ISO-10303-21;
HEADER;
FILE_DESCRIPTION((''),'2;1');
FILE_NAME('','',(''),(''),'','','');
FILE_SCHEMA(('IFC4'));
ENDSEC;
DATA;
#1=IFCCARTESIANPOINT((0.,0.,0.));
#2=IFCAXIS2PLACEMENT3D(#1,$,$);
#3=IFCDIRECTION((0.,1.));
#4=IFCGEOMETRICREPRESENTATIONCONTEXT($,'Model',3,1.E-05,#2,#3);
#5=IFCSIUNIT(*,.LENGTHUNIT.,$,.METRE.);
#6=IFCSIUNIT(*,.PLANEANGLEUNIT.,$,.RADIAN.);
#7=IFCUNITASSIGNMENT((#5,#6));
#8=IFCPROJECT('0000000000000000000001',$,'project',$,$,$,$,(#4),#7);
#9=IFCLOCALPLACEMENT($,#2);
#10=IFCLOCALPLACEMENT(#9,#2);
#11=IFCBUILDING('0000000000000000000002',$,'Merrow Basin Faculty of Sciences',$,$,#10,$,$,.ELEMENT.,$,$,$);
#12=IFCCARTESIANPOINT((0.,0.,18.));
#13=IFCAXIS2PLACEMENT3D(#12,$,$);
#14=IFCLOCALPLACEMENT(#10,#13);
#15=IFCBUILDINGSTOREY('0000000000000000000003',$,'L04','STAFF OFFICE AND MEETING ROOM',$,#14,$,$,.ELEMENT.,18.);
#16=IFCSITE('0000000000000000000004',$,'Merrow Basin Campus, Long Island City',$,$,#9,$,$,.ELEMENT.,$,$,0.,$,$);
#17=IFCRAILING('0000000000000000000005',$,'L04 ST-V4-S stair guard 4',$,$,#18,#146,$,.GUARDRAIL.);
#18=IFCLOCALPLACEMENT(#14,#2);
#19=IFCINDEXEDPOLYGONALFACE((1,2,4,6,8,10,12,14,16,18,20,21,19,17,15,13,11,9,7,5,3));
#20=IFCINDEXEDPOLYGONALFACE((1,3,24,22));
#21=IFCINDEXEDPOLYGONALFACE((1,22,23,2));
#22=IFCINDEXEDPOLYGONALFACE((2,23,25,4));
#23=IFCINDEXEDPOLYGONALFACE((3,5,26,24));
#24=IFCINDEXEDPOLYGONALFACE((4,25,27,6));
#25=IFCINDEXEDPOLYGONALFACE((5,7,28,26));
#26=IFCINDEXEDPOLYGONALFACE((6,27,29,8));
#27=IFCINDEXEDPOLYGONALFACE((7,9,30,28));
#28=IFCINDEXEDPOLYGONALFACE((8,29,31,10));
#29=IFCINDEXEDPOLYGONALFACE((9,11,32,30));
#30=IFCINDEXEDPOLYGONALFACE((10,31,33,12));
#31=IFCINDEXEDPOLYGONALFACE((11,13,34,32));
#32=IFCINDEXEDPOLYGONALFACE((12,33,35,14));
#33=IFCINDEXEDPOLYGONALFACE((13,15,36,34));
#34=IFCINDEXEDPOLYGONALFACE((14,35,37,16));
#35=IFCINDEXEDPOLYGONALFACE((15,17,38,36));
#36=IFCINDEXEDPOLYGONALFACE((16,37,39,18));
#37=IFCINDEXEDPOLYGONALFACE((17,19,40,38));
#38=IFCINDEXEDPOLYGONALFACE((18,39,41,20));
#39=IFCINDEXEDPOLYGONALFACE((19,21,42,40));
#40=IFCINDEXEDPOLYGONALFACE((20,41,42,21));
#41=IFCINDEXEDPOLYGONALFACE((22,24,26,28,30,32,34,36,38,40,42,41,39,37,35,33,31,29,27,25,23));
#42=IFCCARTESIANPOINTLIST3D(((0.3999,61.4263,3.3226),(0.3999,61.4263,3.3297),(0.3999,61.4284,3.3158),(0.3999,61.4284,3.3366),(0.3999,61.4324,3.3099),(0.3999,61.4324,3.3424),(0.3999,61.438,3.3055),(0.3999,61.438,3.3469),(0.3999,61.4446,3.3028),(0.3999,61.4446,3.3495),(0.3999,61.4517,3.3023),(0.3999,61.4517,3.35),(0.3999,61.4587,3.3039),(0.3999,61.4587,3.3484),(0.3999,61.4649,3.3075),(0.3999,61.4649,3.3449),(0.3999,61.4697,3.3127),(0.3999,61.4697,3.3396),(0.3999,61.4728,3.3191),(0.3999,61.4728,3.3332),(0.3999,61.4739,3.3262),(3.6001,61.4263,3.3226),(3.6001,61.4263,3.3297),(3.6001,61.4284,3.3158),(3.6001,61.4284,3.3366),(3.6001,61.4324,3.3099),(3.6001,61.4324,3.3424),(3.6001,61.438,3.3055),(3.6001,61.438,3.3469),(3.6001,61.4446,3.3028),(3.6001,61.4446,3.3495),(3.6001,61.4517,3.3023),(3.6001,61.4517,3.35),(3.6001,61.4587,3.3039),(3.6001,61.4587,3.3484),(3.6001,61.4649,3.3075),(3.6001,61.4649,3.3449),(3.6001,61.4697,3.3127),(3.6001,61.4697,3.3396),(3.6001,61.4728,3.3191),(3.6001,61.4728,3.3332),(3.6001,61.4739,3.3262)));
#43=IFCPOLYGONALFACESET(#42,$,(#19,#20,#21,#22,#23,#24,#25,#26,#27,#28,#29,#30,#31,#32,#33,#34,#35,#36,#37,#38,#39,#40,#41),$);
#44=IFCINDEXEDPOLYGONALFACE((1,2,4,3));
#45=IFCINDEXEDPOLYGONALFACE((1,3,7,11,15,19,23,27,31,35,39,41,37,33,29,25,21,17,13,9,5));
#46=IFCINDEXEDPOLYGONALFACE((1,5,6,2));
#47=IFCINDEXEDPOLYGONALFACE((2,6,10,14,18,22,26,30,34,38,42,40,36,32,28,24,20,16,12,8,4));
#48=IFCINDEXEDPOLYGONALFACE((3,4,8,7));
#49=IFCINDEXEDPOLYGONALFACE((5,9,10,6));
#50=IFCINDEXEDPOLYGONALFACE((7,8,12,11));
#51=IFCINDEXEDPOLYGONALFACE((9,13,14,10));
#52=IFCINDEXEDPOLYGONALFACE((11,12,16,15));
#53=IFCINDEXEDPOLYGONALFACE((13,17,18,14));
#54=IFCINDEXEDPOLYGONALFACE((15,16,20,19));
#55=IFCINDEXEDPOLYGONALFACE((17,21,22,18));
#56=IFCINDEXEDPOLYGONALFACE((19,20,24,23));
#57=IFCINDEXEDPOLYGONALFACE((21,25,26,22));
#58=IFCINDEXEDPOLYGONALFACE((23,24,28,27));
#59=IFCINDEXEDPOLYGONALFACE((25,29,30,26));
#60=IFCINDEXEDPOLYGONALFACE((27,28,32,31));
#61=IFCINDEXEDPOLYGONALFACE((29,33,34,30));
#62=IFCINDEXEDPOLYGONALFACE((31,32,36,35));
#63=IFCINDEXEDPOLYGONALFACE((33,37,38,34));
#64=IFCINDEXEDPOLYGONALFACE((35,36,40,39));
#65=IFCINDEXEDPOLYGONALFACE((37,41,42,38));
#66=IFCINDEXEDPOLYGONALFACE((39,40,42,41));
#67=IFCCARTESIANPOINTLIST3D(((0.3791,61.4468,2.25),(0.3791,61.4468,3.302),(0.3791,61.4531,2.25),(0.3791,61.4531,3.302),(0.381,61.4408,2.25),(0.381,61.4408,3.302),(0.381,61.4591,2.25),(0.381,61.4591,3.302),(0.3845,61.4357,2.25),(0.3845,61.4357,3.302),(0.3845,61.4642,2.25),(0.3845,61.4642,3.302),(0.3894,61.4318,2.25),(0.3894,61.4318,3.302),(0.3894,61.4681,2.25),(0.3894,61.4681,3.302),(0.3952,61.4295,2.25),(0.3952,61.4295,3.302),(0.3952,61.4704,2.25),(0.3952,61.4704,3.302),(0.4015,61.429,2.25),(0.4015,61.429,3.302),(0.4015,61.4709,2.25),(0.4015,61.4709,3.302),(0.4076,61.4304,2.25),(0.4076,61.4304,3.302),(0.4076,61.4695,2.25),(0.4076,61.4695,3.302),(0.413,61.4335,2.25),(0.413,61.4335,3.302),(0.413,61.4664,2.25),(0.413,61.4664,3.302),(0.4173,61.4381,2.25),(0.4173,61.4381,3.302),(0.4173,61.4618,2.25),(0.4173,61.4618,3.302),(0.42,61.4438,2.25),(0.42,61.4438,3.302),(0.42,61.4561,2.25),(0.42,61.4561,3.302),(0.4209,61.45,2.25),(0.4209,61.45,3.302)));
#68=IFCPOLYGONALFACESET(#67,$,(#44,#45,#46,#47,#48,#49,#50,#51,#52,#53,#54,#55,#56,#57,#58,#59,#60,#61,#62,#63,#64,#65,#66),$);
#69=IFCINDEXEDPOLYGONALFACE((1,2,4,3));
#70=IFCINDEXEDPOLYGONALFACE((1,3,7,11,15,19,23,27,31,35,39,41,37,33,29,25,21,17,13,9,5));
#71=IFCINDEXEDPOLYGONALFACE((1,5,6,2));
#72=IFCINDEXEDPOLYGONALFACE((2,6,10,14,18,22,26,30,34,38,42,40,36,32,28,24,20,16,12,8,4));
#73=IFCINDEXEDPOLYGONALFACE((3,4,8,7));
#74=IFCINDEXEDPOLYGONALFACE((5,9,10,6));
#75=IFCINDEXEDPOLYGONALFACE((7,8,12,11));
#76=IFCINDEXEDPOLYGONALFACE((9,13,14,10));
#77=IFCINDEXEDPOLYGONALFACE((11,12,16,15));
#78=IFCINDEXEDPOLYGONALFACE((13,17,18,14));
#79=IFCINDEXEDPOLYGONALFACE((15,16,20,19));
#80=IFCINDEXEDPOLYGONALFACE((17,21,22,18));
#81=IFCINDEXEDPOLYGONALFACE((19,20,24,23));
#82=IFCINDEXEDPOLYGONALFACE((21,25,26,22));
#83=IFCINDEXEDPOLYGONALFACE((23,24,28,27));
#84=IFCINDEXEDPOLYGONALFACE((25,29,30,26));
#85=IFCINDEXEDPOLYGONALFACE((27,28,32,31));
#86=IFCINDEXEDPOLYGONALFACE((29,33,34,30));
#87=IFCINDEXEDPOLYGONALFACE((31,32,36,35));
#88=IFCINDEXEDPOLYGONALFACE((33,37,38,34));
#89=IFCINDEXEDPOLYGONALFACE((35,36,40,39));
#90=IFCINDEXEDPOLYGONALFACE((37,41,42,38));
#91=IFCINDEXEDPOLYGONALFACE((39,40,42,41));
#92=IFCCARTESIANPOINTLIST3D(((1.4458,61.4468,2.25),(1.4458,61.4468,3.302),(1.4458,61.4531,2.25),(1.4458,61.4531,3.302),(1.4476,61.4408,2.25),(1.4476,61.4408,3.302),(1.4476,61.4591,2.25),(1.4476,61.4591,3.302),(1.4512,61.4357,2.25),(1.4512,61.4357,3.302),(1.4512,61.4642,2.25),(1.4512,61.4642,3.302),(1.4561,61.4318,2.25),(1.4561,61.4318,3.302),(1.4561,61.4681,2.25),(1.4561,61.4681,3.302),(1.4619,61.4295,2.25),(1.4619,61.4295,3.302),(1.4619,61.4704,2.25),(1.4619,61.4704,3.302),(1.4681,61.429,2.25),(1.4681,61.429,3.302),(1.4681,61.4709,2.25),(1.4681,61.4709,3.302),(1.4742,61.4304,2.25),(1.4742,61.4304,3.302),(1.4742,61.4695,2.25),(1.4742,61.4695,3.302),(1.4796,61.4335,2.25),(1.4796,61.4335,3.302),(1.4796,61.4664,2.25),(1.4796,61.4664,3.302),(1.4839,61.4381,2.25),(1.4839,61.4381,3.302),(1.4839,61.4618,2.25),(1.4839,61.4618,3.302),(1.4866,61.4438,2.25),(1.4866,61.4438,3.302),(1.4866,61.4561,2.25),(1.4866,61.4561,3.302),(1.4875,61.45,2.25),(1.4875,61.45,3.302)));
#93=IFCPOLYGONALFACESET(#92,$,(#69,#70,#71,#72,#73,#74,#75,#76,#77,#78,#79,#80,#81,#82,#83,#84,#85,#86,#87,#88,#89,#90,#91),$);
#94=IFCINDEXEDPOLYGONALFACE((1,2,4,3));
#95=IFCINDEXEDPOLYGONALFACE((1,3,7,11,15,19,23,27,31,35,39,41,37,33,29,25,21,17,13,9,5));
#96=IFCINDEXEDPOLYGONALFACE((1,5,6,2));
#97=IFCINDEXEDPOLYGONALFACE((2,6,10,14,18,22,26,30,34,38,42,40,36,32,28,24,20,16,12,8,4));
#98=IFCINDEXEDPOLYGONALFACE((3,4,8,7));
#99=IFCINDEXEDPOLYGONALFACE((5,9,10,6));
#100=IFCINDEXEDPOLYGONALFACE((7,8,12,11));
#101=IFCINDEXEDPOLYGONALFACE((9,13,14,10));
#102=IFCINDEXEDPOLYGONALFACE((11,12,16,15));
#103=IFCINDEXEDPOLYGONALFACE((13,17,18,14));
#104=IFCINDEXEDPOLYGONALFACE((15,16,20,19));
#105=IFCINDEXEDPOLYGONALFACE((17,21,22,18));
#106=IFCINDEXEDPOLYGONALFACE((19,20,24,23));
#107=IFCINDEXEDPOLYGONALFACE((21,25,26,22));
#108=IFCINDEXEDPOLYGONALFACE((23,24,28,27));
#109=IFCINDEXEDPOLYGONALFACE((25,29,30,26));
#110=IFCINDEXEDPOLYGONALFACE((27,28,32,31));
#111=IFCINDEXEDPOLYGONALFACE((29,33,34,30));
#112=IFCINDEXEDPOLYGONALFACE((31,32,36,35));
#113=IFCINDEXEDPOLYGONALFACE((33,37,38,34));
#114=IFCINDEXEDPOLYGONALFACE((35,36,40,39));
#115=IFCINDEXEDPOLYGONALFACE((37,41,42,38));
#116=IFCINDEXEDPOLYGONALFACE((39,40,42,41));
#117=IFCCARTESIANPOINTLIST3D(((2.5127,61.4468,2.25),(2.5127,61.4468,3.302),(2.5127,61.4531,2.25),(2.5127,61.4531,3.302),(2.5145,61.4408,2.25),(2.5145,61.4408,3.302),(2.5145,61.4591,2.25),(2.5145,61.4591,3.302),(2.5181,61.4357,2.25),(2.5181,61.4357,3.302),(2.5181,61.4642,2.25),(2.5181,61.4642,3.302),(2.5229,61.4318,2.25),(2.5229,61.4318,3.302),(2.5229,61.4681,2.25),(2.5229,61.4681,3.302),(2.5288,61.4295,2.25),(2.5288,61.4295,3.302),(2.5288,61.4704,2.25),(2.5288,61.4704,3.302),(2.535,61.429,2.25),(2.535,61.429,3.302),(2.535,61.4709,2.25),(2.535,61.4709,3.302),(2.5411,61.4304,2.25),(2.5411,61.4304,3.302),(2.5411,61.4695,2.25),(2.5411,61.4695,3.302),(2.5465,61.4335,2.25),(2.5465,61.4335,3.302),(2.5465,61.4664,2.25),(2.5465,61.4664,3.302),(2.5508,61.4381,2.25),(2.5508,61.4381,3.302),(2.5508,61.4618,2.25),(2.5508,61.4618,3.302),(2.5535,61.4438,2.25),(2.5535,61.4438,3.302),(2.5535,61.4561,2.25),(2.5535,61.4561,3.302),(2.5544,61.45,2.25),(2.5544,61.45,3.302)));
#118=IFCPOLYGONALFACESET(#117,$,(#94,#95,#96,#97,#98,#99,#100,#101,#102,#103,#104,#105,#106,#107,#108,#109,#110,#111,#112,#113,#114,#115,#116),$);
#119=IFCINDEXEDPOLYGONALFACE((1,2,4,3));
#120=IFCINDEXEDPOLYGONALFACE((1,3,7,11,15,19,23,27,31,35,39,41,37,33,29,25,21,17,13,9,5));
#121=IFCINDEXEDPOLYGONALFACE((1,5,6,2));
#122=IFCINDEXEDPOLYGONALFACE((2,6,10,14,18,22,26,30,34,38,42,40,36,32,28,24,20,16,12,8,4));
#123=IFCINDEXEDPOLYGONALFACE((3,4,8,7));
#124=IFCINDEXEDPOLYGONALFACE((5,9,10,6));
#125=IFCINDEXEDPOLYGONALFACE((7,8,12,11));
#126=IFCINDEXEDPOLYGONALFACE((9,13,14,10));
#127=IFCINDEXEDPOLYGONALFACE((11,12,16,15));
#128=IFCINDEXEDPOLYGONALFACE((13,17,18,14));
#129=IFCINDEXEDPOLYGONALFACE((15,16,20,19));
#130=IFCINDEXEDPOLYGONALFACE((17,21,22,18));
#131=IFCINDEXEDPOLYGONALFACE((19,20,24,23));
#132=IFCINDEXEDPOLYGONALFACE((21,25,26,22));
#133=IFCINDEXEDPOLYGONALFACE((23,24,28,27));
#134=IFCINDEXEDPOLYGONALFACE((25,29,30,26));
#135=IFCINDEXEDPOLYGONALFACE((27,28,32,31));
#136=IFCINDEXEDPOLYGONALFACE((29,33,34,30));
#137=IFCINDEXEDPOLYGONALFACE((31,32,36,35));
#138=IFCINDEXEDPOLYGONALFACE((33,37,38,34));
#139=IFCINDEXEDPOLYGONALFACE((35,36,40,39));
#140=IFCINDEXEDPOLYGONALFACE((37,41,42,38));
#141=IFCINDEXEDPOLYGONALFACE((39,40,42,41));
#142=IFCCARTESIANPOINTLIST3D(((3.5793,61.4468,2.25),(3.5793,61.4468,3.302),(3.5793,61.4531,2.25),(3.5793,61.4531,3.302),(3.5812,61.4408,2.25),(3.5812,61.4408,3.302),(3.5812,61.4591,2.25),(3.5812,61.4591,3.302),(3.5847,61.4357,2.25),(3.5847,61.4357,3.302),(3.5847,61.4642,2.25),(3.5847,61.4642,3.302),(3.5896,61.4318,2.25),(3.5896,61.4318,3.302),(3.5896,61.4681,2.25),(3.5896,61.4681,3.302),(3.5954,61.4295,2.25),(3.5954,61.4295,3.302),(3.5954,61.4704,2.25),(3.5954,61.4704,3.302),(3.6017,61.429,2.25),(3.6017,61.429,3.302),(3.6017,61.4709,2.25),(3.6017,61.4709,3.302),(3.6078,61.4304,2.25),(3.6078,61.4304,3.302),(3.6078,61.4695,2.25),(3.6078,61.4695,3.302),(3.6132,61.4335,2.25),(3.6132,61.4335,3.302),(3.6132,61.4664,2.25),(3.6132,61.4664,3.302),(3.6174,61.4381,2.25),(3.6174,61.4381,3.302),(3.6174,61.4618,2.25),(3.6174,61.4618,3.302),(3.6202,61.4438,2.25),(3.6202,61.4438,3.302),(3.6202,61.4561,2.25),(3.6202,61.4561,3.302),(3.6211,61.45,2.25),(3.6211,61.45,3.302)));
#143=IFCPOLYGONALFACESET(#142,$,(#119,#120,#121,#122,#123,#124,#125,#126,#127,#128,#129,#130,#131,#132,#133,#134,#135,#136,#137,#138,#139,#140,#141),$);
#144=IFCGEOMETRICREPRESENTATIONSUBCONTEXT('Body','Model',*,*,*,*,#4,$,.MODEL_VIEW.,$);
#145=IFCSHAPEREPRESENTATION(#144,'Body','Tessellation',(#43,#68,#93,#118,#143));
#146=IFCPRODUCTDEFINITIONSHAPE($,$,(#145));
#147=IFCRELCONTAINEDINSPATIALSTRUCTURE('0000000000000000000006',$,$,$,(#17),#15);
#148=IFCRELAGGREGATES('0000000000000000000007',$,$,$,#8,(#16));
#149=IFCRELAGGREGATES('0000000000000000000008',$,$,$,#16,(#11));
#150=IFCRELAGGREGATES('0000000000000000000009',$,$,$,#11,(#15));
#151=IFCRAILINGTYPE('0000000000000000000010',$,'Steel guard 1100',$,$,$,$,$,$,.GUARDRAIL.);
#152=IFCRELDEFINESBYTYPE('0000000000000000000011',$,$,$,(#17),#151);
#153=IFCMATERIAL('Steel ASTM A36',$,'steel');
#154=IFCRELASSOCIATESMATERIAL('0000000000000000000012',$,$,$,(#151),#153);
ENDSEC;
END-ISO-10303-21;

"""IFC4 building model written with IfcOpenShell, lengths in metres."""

from ifc_helpers import new_model, si_unit, direction, frame, origin, origin_2d, place, context, subcontext, project, spatial, circle, extrude, material, type_object, element, save


model = new_model("IFC4")

# Units and contexts
model_context = context("Model", 3, precision=1e-05, world=origin(), true_north=direction((0.0, 1.0)))
body_context = subcontext(model_context, "Body", "Model", "MODEL_VIEW")
ifc_project = project(units=[si_unit("LENGTHUNIT", "METRE"), si_unit("PLANEANGLEUNIT", "RADIAN")], contexts=[model_context])

# Site, building, storey
site_placement = place(None, origin())
site = spatial("IfcSite", under=ifc_project, at=site_placement, Name="Merrow Basin Campus, Long Island City", CompositionType="ELEMENT", RefElevation=0.0)
building_placement = place(site_placement, origin())
building = spatial("IfcBuilding", under=site, at=building_placement, Name="Merrow Basin Faculty of Sciences", CompositionType="ELEMENT")
storey_placement = place(building_placement, frame((0.0, 0.0, 18.0)))
storey = spatial("IfcBuildingStorey", under=building, at=storey_placement, Name="L04", Description="STAFF OFFICE AND MEETING ROOM", CompositionType="ELEMENT", Elevation=18.0)

# Railing
ifc_material_1 = material(Name="Steel ASTM A36", Category="steel")
railing_type_1 = type_object("IfcRailingType", Name="Steel guard 1100", PredefinedType="GUARDRAIL", material=ifc_material_1)
railing_1_placement = place(storey_placement, frame((0.3999, 61.45, 2.25)))
element("IfcRailing", 1, at=railing_1_placement, inside=storey, type_object=railing_type_1, Name="L04 ST-V4-S stair guard 4", PredefinedType="GUARDRAIL", context=body_context, shape_type="SweptSolid", body=[
    extrude(circle(Radius=0.0239, at=origin_2d()), frame((0.0, 0.0, 1.0762), z_axis=(1.0, 0.0, 0.0), x_axis=(0.0, 1.0, 0.0)), (0.0, 0.0, 1.0), 3.2002),
    extrude(circle(Radius=0.021, at=origin_2d()), origin(), (0.0, 0.0, 1.0), 1.052),
    extrude(circle(Radius=0.021, at=origin_2d()), frame((1.0667, 0.0, 0.0)), (0.0, 0.0, 1.0), 1.052),
    extrude(circle(Radius=0.021, at=origin_2d()), frame((2.1335, 0.0, 0.0)), (0.0, 0.0, 1.0), 1.052),
    extrude(circle(Radius=0.021, at=origin_2d()), frame((3.2002, 0.0, 0.0)), (0.0, 0.0, 1.0), 1.052),
])

save(model, "model.ifc")
